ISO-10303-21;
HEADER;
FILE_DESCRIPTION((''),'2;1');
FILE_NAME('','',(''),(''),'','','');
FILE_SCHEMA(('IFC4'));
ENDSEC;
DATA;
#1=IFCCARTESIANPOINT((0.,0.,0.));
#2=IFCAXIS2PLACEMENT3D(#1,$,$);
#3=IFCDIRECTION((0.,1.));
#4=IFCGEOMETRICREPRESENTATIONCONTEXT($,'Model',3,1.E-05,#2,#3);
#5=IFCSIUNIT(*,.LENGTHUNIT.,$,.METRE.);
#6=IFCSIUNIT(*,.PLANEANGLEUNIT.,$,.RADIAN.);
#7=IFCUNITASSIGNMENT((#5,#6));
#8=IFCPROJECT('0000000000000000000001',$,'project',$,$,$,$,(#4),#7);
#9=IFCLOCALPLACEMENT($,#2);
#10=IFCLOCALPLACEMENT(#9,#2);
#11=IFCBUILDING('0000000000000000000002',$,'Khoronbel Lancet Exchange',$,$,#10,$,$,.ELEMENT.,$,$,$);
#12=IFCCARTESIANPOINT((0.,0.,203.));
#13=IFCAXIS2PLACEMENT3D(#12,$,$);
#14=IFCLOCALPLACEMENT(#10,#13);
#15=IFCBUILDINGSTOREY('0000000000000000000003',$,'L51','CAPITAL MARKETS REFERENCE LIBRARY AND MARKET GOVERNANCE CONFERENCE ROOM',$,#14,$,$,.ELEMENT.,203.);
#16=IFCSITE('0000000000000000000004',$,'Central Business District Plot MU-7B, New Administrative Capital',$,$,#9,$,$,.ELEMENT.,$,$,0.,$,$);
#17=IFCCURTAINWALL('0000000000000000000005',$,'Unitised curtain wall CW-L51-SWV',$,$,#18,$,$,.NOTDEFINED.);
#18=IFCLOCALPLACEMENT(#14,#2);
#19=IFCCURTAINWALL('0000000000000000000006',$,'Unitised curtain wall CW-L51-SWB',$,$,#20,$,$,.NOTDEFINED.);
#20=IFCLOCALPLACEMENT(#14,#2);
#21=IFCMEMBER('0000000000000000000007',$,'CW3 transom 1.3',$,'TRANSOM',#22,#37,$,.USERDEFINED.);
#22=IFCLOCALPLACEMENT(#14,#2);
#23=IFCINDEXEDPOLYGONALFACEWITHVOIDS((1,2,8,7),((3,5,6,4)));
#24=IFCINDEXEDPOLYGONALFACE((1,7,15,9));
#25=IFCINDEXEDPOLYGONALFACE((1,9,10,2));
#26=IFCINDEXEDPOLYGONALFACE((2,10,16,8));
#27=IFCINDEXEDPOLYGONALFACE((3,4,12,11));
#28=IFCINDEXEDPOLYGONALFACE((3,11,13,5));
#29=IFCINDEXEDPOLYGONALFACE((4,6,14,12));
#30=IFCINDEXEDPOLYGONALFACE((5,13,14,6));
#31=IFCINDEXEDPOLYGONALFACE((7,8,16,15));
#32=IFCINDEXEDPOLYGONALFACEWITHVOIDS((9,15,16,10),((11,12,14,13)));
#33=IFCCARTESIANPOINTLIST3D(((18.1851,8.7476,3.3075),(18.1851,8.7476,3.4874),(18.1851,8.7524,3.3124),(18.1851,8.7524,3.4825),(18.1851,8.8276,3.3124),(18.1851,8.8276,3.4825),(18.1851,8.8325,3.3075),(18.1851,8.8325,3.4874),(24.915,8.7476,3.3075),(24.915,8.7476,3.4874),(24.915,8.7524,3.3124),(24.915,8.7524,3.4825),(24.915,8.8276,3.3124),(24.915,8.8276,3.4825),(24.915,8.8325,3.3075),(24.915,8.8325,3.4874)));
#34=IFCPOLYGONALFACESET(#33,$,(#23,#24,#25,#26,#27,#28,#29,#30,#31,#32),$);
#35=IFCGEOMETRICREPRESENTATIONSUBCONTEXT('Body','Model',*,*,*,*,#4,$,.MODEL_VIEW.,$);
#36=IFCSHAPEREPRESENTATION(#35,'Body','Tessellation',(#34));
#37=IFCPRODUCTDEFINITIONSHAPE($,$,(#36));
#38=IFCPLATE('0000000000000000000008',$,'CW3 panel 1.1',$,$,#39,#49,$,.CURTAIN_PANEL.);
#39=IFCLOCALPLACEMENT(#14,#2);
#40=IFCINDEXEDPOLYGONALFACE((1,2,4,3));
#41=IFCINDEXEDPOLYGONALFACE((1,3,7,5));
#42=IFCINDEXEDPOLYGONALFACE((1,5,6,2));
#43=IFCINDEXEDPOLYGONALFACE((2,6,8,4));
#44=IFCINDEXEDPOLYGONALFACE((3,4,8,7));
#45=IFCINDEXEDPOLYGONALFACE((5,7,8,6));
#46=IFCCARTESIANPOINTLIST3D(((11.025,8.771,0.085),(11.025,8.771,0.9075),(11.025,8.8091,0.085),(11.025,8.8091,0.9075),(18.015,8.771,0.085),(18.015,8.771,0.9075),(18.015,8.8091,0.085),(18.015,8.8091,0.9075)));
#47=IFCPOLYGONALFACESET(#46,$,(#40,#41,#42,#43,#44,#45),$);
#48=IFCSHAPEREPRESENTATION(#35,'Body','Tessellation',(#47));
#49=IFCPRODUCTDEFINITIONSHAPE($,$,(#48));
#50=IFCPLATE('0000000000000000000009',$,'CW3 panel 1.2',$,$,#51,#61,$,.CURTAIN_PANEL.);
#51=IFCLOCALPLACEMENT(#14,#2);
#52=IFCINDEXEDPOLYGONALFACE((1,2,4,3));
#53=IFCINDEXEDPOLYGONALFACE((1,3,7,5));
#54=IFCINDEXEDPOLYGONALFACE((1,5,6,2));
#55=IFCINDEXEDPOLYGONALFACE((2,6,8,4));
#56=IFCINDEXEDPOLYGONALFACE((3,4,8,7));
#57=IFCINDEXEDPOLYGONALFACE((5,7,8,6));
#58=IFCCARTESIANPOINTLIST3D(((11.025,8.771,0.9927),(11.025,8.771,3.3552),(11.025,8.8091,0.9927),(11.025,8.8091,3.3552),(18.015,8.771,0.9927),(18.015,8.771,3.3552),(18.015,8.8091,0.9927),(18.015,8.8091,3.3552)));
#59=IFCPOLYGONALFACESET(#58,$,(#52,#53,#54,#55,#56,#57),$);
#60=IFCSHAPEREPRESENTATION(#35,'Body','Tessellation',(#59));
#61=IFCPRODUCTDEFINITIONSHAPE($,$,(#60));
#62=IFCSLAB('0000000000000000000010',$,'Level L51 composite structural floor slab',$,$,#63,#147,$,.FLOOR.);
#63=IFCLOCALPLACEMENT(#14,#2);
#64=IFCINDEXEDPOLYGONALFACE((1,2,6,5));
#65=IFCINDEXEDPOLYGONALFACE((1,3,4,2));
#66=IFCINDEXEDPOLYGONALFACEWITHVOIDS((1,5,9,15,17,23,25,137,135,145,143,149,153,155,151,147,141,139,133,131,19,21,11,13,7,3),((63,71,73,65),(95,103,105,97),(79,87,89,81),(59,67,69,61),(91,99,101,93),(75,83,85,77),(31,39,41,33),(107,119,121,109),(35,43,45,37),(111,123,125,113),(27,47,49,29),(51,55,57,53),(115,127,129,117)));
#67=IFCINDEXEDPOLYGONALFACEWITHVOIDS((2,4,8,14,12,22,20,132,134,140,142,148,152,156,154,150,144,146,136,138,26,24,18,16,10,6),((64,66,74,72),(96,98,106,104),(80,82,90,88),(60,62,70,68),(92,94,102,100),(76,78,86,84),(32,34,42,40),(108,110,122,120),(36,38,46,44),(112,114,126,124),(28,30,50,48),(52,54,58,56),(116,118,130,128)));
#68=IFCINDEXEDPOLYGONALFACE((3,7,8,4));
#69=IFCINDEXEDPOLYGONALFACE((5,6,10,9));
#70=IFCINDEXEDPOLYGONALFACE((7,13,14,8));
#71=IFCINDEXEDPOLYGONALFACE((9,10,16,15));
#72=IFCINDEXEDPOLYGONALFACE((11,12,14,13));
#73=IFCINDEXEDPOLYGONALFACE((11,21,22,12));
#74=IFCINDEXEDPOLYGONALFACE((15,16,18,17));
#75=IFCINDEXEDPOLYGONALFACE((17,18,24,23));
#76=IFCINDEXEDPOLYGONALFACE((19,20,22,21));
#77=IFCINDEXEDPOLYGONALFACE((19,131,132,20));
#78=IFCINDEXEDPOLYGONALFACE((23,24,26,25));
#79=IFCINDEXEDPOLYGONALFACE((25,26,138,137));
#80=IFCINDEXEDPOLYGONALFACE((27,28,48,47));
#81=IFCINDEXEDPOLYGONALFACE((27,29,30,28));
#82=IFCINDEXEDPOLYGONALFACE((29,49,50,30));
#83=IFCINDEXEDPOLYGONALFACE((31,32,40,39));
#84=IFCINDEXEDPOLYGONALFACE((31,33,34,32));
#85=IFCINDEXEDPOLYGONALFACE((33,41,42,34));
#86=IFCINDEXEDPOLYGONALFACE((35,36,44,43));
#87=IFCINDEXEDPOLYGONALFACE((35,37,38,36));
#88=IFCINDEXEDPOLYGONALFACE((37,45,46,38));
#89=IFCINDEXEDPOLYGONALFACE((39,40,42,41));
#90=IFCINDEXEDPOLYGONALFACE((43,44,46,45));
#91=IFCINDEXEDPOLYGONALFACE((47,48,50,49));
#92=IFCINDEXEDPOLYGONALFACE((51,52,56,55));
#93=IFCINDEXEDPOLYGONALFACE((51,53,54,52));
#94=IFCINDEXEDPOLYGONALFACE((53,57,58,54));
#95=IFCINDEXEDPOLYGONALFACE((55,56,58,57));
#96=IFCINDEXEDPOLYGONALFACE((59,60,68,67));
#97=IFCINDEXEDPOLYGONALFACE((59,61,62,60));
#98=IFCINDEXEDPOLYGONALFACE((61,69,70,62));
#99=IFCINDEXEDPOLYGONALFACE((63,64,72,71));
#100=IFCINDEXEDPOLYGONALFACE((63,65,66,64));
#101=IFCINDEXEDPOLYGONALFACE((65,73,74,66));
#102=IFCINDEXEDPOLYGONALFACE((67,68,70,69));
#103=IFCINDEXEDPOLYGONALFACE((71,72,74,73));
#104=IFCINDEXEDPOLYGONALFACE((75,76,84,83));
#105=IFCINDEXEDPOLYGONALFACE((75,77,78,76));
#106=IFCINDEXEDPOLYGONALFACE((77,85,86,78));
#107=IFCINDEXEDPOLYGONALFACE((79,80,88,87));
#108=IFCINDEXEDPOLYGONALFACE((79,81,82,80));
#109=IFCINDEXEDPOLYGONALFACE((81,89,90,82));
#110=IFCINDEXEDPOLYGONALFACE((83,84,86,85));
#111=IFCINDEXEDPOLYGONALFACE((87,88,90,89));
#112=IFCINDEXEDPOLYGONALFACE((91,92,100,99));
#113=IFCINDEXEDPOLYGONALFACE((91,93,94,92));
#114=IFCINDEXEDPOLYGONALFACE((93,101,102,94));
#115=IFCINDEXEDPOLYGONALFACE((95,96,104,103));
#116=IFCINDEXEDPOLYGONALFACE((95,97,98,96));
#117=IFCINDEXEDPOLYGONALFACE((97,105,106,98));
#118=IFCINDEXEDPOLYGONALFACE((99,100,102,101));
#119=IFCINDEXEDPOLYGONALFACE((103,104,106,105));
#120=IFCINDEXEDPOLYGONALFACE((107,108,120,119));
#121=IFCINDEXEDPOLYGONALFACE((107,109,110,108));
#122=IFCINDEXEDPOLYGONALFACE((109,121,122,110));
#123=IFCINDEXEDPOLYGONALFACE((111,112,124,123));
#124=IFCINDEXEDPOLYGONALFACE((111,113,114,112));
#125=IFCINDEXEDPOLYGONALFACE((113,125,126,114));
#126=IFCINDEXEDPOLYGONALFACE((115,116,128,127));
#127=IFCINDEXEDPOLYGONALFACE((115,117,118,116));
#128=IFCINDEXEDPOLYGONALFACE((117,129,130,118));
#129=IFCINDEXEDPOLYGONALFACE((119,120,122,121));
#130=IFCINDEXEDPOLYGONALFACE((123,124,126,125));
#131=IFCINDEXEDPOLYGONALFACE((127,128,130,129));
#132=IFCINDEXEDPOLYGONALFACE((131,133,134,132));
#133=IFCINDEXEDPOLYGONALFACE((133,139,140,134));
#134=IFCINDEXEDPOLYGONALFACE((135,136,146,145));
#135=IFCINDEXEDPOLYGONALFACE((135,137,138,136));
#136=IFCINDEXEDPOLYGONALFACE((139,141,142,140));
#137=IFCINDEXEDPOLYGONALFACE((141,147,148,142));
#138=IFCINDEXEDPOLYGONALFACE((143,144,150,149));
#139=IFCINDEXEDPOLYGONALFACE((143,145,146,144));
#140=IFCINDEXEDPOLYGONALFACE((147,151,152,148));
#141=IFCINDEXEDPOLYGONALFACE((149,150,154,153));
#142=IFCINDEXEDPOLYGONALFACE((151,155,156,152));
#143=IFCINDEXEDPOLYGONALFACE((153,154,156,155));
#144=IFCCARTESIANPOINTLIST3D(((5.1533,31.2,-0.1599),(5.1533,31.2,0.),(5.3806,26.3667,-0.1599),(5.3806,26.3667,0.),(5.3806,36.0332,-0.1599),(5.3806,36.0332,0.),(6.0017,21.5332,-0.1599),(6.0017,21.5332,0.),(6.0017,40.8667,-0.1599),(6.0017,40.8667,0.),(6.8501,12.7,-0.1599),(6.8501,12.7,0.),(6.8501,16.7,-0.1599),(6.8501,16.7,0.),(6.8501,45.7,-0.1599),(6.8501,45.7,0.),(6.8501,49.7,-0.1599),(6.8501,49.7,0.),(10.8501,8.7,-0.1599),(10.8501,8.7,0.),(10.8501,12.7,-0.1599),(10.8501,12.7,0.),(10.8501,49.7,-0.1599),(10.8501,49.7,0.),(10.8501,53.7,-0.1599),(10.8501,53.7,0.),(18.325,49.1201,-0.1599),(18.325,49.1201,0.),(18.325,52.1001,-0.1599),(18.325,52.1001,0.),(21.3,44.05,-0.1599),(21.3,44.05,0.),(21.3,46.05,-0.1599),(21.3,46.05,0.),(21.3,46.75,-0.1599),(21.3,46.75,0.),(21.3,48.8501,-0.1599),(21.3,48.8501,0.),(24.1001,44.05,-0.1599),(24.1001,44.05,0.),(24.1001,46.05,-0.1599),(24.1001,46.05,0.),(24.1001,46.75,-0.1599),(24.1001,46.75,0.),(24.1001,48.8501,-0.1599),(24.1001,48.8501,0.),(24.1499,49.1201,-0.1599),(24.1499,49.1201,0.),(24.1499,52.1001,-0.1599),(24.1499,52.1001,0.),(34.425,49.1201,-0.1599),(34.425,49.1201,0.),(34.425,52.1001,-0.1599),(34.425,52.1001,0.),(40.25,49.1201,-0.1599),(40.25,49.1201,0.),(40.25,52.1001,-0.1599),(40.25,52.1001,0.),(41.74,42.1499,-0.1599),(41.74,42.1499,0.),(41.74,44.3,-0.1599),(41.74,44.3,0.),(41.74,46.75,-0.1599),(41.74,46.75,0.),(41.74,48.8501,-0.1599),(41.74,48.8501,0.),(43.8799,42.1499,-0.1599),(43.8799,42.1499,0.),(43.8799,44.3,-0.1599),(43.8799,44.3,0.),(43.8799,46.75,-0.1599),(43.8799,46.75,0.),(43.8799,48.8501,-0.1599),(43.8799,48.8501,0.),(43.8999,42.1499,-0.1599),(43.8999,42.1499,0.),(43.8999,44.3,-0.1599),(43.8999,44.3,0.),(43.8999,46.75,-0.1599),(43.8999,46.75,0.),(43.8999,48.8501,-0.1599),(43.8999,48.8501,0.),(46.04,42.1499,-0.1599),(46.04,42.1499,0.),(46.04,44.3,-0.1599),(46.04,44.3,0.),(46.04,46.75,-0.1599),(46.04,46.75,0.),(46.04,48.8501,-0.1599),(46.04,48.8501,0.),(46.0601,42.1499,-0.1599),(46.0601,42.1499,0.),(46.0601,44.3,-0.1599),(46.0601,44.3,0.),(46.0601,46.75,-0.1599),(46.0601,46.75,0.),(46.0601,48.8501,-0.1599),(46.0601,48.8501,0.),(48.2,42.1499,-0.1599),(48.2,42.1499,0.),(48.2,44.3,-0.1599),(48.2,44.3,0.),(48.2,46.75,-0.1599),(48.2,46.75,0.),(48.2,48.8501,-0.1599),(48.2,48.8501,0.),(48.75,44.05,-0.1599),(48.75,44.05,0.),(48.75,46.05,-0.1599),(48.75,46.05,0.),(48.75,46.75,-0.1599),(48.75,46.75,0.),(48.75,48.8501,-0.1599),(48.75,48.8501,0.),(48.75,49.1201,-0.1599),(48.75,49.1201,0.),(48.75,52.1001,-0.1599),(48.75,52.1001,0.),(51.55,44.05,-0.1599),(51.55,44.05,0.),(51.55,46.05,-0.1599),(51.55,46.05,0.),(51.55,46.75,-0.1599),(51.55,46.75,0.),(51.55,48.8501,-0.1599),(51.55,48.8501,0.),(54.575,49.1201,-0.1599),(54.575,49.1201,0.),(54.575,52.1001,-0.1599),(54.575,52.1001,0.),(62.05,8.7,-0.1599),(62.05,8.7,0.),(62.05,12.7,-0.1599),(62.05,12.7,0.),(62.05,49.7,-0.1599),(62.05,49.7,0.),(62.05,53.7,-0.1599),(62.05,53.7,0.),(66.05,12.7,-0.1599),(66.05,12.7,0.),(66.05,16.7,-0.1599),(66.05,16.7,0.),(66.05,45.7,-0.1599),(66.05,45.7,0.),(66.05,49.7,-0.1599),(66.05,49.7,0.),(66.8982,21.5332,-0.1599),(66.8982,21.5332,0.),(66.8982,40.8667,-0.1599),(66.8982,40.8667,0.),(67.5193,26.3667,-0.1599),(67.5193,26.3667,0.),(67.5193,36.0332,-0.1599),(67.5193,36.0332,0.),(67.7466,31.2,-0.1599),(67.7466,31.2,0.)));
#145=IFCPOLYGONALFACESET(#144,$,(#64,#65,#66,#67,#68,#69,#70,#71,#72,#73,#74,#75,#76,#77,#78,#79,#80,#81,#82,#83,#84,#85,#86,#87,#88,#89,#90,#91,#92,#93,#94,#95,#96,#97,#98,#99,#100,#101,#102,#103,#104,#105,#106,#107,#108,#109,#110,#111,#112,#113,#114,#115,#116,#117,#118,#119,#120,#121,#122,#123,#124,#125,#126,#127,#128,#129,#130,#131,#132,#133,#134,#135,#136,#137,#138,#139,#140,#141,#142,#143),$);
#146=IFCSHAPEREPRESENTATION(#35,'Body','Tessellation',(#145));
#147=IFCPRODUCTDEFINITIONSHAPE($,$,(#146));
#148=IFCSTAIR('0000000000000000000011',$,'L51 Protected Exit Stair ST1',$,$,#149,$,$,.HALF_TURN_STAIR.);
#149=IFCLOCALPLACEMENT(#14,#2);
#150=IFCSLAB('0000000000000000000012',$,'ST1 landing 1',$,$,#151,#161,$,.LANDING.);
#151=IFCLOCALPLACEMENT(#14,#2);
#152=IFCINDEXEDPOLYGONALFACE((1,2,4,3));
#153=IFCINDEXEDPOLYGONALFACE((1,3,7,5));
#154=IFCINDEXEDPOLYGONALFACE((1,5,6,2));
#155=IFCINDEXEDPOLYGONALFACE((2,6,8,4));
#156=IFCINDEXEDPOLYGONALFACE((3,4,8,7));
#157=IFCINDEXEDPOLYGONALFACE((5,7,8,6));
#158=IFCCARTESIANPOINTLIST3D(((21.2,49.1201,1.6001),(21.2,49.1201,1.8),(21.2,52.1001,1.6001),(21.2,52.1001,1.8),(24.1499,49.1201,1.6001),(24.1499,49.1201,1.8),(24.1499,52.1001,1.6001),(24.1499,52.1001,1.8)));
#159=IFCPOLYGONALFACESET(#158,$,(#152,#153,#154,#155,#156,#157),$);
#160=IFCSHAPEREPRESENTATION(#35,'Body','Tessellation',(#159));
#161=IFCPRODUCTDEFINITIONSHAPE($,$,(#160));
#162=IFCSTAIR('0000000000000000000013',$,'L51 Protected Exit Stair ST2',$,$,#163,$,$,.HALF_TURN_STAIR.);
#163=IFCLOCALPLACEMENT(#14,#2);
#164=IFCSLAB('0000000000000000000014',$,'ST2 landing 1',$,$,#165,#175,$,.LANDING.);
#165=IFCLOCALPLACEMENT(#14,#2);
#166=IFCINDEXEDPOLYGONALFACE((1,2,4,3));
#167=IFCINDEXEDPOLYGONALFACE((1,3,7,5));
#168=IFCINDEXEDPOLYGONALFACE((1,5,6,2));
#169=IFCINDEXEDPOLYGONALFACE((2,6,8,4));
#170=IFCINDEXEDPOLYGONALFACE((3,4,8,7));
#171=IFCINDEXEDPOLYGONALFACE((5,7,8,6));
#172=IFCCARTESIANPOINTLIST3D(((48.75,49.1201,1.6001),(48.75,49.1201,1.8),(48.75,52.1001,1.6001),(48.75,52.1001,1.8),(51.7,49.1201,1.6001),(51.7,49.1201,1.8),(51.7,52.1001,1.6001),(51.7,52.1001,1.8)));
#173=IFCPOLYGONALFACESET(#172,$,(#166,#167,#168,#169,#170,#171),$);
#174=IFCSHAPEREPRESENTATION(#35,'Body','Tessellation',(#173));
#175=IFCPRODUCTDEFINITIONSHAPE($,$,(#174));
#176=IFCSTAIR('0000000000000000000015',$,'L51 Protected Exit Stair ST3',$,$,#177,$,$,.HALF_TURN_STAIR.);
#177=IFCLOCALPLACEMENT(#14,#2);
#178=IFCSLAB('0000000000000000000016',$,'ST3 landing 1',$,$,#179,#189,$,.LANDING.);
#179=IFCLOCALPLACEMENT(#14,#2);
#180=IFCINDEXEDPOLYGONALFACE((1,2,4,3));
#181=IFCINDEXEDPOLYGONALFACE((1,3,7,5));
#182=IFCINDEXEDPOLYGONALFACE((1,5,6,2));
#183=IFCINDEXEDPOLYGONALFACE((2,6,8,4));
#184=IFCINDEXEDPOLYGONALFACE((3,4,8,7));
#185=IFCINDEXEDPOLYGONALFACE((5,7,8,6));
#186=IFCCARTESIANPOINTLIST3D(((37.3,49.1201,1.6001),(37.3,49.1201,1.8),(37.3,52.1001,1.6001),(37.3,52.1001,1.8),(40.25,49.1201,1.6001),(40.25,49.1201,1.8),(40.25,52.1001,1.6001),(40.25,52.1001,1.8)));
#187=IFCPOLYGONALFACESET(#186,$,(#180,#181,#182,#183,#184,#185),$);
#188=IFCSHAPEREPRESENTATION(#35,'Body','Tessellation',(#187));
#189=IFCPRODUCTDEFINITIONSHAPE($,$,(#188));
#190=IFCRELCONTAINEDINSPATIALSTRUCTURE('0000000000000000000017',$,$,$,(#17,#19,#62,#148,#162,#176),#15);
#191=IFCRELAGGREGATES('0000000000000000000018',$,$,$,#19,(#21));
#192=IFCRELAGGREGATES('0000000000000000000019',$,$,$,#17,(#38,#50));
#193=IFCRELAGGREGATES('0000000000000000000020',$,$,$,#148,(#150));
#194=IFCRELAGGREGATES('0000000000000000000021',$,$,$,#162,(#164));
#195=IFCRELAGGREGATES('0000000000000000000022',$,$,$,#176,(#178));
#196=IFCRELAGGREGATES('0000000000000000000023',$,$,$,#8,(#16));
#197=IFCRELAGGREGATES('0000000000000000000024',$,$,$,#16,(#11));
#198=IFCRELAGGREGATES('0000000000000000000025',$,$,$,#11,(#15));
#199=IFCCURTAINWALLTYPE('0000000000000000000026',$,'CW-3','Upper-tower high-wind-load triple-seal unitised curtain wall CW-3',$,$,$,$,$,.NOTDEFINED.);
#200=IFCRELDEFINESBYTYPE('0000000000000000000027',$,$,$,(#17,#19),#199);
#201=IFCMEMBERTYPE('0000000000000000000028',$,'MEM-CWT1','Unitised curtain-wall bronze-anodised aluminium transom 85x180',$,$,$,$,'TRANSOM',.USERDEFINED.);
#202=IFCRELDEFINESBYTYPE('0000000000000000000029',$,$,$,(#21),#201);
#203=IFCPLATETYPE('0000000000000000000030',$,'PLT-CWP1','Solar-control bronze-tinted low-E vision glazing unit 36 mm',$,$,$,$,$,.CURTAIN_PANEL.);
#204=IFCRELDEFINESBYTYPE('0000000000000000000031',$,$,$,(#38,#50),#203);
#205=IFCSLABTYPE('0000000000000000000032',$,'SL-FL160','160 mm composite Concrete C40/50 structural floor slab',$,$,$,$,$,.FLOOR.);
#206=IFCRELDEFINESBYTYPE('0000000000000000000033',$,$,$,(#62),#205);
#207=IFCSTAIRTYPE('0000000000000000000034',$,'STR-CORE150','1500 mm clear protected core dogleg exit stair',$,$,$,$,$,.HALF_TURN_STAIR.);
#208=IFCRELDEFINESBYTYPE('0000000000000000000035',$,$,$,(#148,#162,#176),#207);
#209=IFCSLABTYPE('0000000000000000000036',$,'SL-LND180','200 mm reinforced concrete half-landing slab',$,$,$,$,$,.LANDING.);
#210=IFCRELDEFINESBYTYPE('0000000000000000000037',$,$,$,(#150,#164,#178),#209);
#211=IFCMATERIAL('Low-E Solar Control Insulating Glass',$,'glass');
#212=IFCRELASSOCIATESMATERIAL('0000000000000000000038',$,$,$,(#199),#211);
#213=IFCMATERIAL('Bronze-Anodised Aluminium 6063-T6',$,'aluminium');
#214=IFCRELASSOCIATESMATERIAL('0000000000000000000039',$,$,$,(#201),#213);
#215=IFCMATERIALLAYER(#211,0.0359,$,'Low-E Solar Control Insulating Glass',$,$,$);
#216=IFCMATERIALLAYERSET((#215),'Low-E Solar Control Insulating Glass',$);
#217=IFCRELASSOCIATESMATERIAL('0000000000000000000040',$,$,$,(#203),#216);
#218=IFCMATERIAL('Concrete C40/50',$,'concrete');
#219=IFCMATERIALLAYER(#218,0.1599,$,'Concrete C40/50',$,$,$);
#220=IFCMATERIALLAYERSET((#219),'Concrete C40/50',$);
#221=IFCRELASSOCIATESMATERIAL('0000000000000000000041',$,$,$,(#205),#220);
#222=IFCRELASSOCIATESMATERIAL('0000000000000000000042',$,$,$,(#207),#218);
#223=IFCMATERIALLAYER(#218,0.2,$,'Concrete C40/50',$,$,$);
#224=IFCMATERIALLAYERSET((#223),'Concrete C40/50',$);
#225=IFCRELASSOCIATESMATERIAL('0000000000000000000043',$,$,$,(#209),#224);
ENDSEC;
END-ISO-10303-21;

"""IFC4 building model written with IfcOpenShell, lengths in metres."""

from ifc_helpers import new_model, si_unit, direction, frame, origin, origin_2d, place, context, subcontext, project, spatial, polyline, rectangle, hollow_rectangle, outline, extrude, material, layer, layer_set, material_profile, profile_set, type_object, element, aggregate, save


model = new_model("IFC4")

# Units and contexts
model_context = context("Model", 3, precision=1e-05, world=origin(), true_north=direction((0.0, 1.0)))
body_context = subcontext(model_context, "Body", "Model", "MODEL_VIEW")
ifc_project = project(units=[si_unit("LENGTHUNIT", "METRE"), si_unit("PLANEANGLEUNIT", "RADIAN")], contexts=[model_context])

# Site, building, storey
site_placement = place(None, origin())
site = spatial("IfcSite", under=ifc_project, at=site_placement, Name="Central Business District Plot MU-7B, New Administrative Capital", CompositionType="ELEMENT", RefElevation=0.0)
building_placement = place(site_placement, origin())
building = spatial("IfcBuilding", under=site, at=building_placement, Name="Khoronbel Lancet Exchange", CompositionType="ELEMENT")
storey_placement = place(building_placement, frame((0.0, 0.0, 203.0)))
storey = spatial("IfcBuildingStorey", under=building, at=storey_placement, Name="L51", Description="CAPITAL MARKETS REFERENCE LIBRARY AND MARKET GOVERNANCE CONFERENCE ROOM", CompositionType="ELEMENT", Elevation=203.0)

# Curtain wall
ifc_material_1 = material(Name="Low-E Solar Control Insulating Glass", Category="glass")
curtain_wall_type = type_object("IfcCurtainWallType", Name="CW-3", Description="Upper-tower high-wind-load triple-seal unitised curtain wall CW-3", PredefinedType="NOTDEFINED", material=ifc_material_1)
curtain_wall_1_placement = place(storey_placement, origin())
curtain_wall_1 = element("IfcCurtainWall", 1, at=curtain_wall_1_placement, inside=storey, type_object=curtain_wall_type, Name="Unitised curtain wall CW-L51-SWV", PredefinedType="NOTDEFINED")
ifc_material_2 = material(Name="Bronze-Anodised Aluminium 6063-T6", Category="aluminium")

# Curtain wall
curtain_wall_2_placement = place(storey_placement, origin())
curtain_wall_2 = element("IfcCurtainWall", 2, at=curtain_wall_2_placement, inside=storey, type_object=curtain_wall_type, Name="Unitised curtain wall CW-L51-SWB", PredefinedType="NOTDEFINED")

# Member
ifc_material_profile_1 = material_profile(ifc_material_2, hollow_rectangle(XDim=0.085, YDim=0.1799, WallThickness=0.0049, at=origin_2d()), Name="ALU TRANSOM 85x180")
ifc_profile_set_1 = profile_set([ifc_material_profile_1], Name="Bronze-Anodised Aluminium 6063-T6")
member_type_1 = type_object("IfcMemberType", Name="MEM-CWT1", Description="Unitised curtain-wall bronze-anodised aluminium transom 85x180", ElementType="TRANSOM", PredefinedType="USERDEFINED", material=ifc_profile_set_1)
member_1_placement = place(storey_placement, frame((18.1851, 8.79, 3.3975), z_axis=(1.0, 0.0, 0.0), x_axis=(0.0, 1.0, 0.0)))
member_1 = element("IfcMember", 3, at=member_1_placement, type_object=member_type_1, Name="CW3 transom 1.3", ObjectType="TRANSOM", PredefinedType="USERDEFINED", context=body_context, shape_type="SweptSolid", body=[
    extrude(hollow_rectangle(XDim=0.085, YDim=0.1799, WallThickness=0.0049, at=origin_2d()), origin(), (0.0, 0.0, 1.0), 6.73),
])
aggregate(curtain_wall_2, [member_1])

# Plates
ifc_layer_1 = layer(ifc_material_1, 0.0359, Name="Low-E Solar Control Insulating Glass")
ifc_layer_set_1 = layer_set([ifc_layer_1], Name="Low-E Solar Control Insulating Glass")
plate_type = type_object("IfcPlateType", Name="PLT-CWP1", Description="Solar-control bronze-tinted low-E vision glazing unit 36 mm", PredefinedType="CURTAIN_PANEL", material=ifc_layer_set_1)
plate_1_placement = place(storey_placement, frame((14.52, 8.79, 0.085), z_axis=(0.0, 0.0, 1.0), x_axis=(1.0, 0.0, 0.0)))
plate_1 = element("IfcPlate", 4, at=plate_1_placement, type_object=plate_type, Name="CW3 panel 1.1", PredefinedType="CURTAIN_PANEL", context=body_context, shape_type="SweptSolid", body=[
    extrude(rectangle(XDim=6.99, YDim=0.0381, at=origin_2d()), origin(), (0.0, 0.0, 1.0), 0.8225),
])
plate_2_placement = place(storey_placement, frame((14.52, 8.79, 0.9927), z_axis=(0.0, 0.0, 1.0), x_axis=(1.0, 0.0, 0.0)))
plate_2 = element("IfcPlate", 5, at=plate_2_placement, type_object=plate_type, Name="CW3 panel 1.2", PredefinedType="CURTAIN_PANEL", context=body_context, shape_type="SweptSolid", body=[
    extrude(rectangle(XDim=6.99, YDim=0.0381, at=origin_2d()), origin(), (0.0, 0.0, 1.0), 2.3625),
])
aggregate(curtain_wall_1, [plate_1, plate_2])

# Slab
ifc_material_3 = material(Name="Concrete C40/50", Category="concrete")
ifc_layer_2 = layer(ifc_material_3, 0.1599, Name="Concrete C40/50")
ifc_layer_set_2 = layer_set([ifc_layer_2], Name="Concrete C40/50")
slab_type_1 = type_object("IfcSlabType", Name="SL-FL160", Description="160 mm composite Concrete C40/50 structural floor slab", PredefinedType="FLOOR", material=ifc_layer_set_2)
slab_1_placement = place(storey_placement, frame((0.0, 0.0, -0.1599)))
element("IfcSlab", 6, at=slab_1_placement, inside=storey, type_object=slab_type_1, Name="Level L51 composite structural floor slab", PredefinedType="FLOOR", context=body_context, shape_type="SweptSolid", body=[
    extrude(outline(polyline([(10.8501, 8.7), (62.05, 8.7), (62.05, 12.7), (66.05, 12.7), (66.05, 16.7), (66.8982, 21.5332), (67.5193, 26.3667), (67.7466, 31.2), (67.5193, 36.0332), (66.8982, 40.8667), (66.05, 45.7), (66.05, 49.7), (62.05, 49.7), (62.05, 53.7), (10.8501, 53.7), (10.8501, 49.7), (6.8501, 49.7), (6.8501, 45.7), (6.0017, 40.8667), (5.3806, 36.0332), (5.1533, 31.2), (5.3806, 26.3667), (6.0017, 21.5332), (6.8501, 16.7), (6.8501, 12.7), (10.8501, 12.7), (10.8501, 8.7)]), holes=[polyline([(18.325, 49.1201), (24.1499, 49.1201), (24.1499, 52.1001), (18.325, 52.1001), (18.325, 49.1201)]), polyline([(48.75, 49.1201), (54.575, 49.1201), (54.575, 52.1001), (48.75, 52.1001), (48.75, 49.1201)]), polyline([(34.425, 49.1201), (40.25, 49.1201), (40.25, 52.1001), (34.425, 52.1001), (34.425, 49.1201)]), polyline([(41.74, 46.75), (43.8799, 46.75), (43.8799, 48.8501), (41.74, 48.8501), (41.74, 46.75)]), polyline([(43.8999, 46.75), (46.04, 46.75), (46.04, 48.8501), (43.8999, 48.8501), (43.8999, 46.75)]), polyline([(46.0601, 46.75), (48.2, 46.75), (48.2, 48.8501), (46.0601, 48.8501), (46.0601, 46.75)]), polyline([(41.74, 42.1499), (43.8799, 42.1499), (43.8799, 44.3), (41.74, 44.3), (41.74, 42.1499)]), polyline([(43.8999, 42.1499), (46.04, 42.1499), (46.04, 44.3), (43.8999, 44.3), (43.8999, 42.1499)]), polyline([(46.0601, 42.1499), (48.2, 42.1499), (48.2, 44.3), (46.0601, 44.3), (46.0601, 42.1499)]), polyline([(21.3, 46.75), (24.1001, 46.75), (24.1001, 48.8501), (21.3, 48.8501), (21.3, 46.75)]), polyline([(48.75, 46.75), (51.55, 46.75), (51.55, 48.8501), (48.75, 48.8501), (48.75, 46.75)]), polyline([(21.3, 44.05), (24.1001, 44.05), (24.1001, 46.05), (21.3, 46.05), (21.3, 44.05)]), polyline([(48.75, 44.05), (51.55, 44.05), (51.55, 46.05), (48.75, 46.05), (48.75, 44.05)])]), origin(), (0.0, 0.0, 1.0), 0.1599),
])

# Stairs, slabs
stair_type = type_object("IfcStairType", Name="STR-CORE150", Description="1500 mm clear protected core dogleg exit stair", PredefinedType="HALF_TURN_STAIR", material=ifc_material_3)
stair_1_placement = place(storey_placement, origin())
stair_1 = element("IfcStair", 7, at=stair_1_placement, inside=storey, type_object=stair_type, Name="L51 Protected Exit Stair ST1", PredefinedType="HALF_TURN_STAIR")
ifc_layer_3 = layer(ifc_material_3, 0.2, Name="Concrete C40/50")
ifc_layer_set_3 = layer_set([ifc_layer_3], Name="Concrete C40/50")
slab_type_2 = type_object("IfcSlabType", Name="SL-LND180", Description="200 mm reinforced concrete half-landing slab", PredefinedType="LANDING", material=ifc_layer_set_3)
slab_2_placement = place(storey_placement, frame((0.0, 0.0, 1.6001)))
slab_2 = element("IfcSlab", 8, at=slab_2_placement, type_object=slab_type_2, Name="ST1 landing 1", PredefinedType="LANDING", context=body_context, shape_type="SweptSolid", body=[
    extrude(outline(polyline([(21.2, 49.1201), (24.1499, 49.1201), (24.1499, 52.1001), (21.2, 52.1001), (21.2, 49.1201)])), origin(), (0.0, 0.0, 1.0), 0.2),
])
aggregate(stair_1, [slab_2])
stair_2_placement = place(storey_placement, origin())
stair_2 = element("IfcStair", 9, at=stair_2_placement, inside=storey, type_object=stair_type, Name="L51 Protected Exit Stair ST2", PredefinedType="HALF_TURN_STAIR")
slab_3_placement = place(storey_placement, frame((0.0, 0.0, 1.6001)))
slab_3 = element("IfcSlab", 10, at=slab_3_placement, type_object=slab_type_2, Name="ST2 landing 1", PredefinedType="LANDING", context=body_context, shape_type="SweptSolid", body=[
    extrude(outline(polyline([(51.7, 52.1001), (48.75, 52.1001), (48.75, 49.1201), (51.7, 49.1201), (51.7, 52.1001)])), origin(), (0.0, 0.0, 1.0), 0.2),
])
aggregate(stair_2, [slab_3])
stair_3_placement = place(storey_placement, origin())
stair_3 = element("IfcStair", 11, at=stair_3_placement, inside=storey, type_object=stair_type, Name="L51 Protected Exit Stair ST3", PredefinedType="HALF_TURN_STAIR")
slab_4_placement = place(storey_placement, frame((0.0, 0.0, 1.6001)))
slab_4 = element("IfcSlab", 12, at=slab_4_placement, type_object=slab_type_2, Name="ST3 landing 1", PredefinedType="LANDING", context=body_context, shape_type="SweptSolid", body=[
    extrude(outline(polyline([(37.3, 49.1201), (40.25, 49.1201), (40.25, 52.1001), (37.3, 52.1001), (37.3, 49.1201)])), origin(), (0.0, 0.0, 1.0), 0.2),
])
aggregate(stair_3, [slab_4])

save(model, "model.ifc")
